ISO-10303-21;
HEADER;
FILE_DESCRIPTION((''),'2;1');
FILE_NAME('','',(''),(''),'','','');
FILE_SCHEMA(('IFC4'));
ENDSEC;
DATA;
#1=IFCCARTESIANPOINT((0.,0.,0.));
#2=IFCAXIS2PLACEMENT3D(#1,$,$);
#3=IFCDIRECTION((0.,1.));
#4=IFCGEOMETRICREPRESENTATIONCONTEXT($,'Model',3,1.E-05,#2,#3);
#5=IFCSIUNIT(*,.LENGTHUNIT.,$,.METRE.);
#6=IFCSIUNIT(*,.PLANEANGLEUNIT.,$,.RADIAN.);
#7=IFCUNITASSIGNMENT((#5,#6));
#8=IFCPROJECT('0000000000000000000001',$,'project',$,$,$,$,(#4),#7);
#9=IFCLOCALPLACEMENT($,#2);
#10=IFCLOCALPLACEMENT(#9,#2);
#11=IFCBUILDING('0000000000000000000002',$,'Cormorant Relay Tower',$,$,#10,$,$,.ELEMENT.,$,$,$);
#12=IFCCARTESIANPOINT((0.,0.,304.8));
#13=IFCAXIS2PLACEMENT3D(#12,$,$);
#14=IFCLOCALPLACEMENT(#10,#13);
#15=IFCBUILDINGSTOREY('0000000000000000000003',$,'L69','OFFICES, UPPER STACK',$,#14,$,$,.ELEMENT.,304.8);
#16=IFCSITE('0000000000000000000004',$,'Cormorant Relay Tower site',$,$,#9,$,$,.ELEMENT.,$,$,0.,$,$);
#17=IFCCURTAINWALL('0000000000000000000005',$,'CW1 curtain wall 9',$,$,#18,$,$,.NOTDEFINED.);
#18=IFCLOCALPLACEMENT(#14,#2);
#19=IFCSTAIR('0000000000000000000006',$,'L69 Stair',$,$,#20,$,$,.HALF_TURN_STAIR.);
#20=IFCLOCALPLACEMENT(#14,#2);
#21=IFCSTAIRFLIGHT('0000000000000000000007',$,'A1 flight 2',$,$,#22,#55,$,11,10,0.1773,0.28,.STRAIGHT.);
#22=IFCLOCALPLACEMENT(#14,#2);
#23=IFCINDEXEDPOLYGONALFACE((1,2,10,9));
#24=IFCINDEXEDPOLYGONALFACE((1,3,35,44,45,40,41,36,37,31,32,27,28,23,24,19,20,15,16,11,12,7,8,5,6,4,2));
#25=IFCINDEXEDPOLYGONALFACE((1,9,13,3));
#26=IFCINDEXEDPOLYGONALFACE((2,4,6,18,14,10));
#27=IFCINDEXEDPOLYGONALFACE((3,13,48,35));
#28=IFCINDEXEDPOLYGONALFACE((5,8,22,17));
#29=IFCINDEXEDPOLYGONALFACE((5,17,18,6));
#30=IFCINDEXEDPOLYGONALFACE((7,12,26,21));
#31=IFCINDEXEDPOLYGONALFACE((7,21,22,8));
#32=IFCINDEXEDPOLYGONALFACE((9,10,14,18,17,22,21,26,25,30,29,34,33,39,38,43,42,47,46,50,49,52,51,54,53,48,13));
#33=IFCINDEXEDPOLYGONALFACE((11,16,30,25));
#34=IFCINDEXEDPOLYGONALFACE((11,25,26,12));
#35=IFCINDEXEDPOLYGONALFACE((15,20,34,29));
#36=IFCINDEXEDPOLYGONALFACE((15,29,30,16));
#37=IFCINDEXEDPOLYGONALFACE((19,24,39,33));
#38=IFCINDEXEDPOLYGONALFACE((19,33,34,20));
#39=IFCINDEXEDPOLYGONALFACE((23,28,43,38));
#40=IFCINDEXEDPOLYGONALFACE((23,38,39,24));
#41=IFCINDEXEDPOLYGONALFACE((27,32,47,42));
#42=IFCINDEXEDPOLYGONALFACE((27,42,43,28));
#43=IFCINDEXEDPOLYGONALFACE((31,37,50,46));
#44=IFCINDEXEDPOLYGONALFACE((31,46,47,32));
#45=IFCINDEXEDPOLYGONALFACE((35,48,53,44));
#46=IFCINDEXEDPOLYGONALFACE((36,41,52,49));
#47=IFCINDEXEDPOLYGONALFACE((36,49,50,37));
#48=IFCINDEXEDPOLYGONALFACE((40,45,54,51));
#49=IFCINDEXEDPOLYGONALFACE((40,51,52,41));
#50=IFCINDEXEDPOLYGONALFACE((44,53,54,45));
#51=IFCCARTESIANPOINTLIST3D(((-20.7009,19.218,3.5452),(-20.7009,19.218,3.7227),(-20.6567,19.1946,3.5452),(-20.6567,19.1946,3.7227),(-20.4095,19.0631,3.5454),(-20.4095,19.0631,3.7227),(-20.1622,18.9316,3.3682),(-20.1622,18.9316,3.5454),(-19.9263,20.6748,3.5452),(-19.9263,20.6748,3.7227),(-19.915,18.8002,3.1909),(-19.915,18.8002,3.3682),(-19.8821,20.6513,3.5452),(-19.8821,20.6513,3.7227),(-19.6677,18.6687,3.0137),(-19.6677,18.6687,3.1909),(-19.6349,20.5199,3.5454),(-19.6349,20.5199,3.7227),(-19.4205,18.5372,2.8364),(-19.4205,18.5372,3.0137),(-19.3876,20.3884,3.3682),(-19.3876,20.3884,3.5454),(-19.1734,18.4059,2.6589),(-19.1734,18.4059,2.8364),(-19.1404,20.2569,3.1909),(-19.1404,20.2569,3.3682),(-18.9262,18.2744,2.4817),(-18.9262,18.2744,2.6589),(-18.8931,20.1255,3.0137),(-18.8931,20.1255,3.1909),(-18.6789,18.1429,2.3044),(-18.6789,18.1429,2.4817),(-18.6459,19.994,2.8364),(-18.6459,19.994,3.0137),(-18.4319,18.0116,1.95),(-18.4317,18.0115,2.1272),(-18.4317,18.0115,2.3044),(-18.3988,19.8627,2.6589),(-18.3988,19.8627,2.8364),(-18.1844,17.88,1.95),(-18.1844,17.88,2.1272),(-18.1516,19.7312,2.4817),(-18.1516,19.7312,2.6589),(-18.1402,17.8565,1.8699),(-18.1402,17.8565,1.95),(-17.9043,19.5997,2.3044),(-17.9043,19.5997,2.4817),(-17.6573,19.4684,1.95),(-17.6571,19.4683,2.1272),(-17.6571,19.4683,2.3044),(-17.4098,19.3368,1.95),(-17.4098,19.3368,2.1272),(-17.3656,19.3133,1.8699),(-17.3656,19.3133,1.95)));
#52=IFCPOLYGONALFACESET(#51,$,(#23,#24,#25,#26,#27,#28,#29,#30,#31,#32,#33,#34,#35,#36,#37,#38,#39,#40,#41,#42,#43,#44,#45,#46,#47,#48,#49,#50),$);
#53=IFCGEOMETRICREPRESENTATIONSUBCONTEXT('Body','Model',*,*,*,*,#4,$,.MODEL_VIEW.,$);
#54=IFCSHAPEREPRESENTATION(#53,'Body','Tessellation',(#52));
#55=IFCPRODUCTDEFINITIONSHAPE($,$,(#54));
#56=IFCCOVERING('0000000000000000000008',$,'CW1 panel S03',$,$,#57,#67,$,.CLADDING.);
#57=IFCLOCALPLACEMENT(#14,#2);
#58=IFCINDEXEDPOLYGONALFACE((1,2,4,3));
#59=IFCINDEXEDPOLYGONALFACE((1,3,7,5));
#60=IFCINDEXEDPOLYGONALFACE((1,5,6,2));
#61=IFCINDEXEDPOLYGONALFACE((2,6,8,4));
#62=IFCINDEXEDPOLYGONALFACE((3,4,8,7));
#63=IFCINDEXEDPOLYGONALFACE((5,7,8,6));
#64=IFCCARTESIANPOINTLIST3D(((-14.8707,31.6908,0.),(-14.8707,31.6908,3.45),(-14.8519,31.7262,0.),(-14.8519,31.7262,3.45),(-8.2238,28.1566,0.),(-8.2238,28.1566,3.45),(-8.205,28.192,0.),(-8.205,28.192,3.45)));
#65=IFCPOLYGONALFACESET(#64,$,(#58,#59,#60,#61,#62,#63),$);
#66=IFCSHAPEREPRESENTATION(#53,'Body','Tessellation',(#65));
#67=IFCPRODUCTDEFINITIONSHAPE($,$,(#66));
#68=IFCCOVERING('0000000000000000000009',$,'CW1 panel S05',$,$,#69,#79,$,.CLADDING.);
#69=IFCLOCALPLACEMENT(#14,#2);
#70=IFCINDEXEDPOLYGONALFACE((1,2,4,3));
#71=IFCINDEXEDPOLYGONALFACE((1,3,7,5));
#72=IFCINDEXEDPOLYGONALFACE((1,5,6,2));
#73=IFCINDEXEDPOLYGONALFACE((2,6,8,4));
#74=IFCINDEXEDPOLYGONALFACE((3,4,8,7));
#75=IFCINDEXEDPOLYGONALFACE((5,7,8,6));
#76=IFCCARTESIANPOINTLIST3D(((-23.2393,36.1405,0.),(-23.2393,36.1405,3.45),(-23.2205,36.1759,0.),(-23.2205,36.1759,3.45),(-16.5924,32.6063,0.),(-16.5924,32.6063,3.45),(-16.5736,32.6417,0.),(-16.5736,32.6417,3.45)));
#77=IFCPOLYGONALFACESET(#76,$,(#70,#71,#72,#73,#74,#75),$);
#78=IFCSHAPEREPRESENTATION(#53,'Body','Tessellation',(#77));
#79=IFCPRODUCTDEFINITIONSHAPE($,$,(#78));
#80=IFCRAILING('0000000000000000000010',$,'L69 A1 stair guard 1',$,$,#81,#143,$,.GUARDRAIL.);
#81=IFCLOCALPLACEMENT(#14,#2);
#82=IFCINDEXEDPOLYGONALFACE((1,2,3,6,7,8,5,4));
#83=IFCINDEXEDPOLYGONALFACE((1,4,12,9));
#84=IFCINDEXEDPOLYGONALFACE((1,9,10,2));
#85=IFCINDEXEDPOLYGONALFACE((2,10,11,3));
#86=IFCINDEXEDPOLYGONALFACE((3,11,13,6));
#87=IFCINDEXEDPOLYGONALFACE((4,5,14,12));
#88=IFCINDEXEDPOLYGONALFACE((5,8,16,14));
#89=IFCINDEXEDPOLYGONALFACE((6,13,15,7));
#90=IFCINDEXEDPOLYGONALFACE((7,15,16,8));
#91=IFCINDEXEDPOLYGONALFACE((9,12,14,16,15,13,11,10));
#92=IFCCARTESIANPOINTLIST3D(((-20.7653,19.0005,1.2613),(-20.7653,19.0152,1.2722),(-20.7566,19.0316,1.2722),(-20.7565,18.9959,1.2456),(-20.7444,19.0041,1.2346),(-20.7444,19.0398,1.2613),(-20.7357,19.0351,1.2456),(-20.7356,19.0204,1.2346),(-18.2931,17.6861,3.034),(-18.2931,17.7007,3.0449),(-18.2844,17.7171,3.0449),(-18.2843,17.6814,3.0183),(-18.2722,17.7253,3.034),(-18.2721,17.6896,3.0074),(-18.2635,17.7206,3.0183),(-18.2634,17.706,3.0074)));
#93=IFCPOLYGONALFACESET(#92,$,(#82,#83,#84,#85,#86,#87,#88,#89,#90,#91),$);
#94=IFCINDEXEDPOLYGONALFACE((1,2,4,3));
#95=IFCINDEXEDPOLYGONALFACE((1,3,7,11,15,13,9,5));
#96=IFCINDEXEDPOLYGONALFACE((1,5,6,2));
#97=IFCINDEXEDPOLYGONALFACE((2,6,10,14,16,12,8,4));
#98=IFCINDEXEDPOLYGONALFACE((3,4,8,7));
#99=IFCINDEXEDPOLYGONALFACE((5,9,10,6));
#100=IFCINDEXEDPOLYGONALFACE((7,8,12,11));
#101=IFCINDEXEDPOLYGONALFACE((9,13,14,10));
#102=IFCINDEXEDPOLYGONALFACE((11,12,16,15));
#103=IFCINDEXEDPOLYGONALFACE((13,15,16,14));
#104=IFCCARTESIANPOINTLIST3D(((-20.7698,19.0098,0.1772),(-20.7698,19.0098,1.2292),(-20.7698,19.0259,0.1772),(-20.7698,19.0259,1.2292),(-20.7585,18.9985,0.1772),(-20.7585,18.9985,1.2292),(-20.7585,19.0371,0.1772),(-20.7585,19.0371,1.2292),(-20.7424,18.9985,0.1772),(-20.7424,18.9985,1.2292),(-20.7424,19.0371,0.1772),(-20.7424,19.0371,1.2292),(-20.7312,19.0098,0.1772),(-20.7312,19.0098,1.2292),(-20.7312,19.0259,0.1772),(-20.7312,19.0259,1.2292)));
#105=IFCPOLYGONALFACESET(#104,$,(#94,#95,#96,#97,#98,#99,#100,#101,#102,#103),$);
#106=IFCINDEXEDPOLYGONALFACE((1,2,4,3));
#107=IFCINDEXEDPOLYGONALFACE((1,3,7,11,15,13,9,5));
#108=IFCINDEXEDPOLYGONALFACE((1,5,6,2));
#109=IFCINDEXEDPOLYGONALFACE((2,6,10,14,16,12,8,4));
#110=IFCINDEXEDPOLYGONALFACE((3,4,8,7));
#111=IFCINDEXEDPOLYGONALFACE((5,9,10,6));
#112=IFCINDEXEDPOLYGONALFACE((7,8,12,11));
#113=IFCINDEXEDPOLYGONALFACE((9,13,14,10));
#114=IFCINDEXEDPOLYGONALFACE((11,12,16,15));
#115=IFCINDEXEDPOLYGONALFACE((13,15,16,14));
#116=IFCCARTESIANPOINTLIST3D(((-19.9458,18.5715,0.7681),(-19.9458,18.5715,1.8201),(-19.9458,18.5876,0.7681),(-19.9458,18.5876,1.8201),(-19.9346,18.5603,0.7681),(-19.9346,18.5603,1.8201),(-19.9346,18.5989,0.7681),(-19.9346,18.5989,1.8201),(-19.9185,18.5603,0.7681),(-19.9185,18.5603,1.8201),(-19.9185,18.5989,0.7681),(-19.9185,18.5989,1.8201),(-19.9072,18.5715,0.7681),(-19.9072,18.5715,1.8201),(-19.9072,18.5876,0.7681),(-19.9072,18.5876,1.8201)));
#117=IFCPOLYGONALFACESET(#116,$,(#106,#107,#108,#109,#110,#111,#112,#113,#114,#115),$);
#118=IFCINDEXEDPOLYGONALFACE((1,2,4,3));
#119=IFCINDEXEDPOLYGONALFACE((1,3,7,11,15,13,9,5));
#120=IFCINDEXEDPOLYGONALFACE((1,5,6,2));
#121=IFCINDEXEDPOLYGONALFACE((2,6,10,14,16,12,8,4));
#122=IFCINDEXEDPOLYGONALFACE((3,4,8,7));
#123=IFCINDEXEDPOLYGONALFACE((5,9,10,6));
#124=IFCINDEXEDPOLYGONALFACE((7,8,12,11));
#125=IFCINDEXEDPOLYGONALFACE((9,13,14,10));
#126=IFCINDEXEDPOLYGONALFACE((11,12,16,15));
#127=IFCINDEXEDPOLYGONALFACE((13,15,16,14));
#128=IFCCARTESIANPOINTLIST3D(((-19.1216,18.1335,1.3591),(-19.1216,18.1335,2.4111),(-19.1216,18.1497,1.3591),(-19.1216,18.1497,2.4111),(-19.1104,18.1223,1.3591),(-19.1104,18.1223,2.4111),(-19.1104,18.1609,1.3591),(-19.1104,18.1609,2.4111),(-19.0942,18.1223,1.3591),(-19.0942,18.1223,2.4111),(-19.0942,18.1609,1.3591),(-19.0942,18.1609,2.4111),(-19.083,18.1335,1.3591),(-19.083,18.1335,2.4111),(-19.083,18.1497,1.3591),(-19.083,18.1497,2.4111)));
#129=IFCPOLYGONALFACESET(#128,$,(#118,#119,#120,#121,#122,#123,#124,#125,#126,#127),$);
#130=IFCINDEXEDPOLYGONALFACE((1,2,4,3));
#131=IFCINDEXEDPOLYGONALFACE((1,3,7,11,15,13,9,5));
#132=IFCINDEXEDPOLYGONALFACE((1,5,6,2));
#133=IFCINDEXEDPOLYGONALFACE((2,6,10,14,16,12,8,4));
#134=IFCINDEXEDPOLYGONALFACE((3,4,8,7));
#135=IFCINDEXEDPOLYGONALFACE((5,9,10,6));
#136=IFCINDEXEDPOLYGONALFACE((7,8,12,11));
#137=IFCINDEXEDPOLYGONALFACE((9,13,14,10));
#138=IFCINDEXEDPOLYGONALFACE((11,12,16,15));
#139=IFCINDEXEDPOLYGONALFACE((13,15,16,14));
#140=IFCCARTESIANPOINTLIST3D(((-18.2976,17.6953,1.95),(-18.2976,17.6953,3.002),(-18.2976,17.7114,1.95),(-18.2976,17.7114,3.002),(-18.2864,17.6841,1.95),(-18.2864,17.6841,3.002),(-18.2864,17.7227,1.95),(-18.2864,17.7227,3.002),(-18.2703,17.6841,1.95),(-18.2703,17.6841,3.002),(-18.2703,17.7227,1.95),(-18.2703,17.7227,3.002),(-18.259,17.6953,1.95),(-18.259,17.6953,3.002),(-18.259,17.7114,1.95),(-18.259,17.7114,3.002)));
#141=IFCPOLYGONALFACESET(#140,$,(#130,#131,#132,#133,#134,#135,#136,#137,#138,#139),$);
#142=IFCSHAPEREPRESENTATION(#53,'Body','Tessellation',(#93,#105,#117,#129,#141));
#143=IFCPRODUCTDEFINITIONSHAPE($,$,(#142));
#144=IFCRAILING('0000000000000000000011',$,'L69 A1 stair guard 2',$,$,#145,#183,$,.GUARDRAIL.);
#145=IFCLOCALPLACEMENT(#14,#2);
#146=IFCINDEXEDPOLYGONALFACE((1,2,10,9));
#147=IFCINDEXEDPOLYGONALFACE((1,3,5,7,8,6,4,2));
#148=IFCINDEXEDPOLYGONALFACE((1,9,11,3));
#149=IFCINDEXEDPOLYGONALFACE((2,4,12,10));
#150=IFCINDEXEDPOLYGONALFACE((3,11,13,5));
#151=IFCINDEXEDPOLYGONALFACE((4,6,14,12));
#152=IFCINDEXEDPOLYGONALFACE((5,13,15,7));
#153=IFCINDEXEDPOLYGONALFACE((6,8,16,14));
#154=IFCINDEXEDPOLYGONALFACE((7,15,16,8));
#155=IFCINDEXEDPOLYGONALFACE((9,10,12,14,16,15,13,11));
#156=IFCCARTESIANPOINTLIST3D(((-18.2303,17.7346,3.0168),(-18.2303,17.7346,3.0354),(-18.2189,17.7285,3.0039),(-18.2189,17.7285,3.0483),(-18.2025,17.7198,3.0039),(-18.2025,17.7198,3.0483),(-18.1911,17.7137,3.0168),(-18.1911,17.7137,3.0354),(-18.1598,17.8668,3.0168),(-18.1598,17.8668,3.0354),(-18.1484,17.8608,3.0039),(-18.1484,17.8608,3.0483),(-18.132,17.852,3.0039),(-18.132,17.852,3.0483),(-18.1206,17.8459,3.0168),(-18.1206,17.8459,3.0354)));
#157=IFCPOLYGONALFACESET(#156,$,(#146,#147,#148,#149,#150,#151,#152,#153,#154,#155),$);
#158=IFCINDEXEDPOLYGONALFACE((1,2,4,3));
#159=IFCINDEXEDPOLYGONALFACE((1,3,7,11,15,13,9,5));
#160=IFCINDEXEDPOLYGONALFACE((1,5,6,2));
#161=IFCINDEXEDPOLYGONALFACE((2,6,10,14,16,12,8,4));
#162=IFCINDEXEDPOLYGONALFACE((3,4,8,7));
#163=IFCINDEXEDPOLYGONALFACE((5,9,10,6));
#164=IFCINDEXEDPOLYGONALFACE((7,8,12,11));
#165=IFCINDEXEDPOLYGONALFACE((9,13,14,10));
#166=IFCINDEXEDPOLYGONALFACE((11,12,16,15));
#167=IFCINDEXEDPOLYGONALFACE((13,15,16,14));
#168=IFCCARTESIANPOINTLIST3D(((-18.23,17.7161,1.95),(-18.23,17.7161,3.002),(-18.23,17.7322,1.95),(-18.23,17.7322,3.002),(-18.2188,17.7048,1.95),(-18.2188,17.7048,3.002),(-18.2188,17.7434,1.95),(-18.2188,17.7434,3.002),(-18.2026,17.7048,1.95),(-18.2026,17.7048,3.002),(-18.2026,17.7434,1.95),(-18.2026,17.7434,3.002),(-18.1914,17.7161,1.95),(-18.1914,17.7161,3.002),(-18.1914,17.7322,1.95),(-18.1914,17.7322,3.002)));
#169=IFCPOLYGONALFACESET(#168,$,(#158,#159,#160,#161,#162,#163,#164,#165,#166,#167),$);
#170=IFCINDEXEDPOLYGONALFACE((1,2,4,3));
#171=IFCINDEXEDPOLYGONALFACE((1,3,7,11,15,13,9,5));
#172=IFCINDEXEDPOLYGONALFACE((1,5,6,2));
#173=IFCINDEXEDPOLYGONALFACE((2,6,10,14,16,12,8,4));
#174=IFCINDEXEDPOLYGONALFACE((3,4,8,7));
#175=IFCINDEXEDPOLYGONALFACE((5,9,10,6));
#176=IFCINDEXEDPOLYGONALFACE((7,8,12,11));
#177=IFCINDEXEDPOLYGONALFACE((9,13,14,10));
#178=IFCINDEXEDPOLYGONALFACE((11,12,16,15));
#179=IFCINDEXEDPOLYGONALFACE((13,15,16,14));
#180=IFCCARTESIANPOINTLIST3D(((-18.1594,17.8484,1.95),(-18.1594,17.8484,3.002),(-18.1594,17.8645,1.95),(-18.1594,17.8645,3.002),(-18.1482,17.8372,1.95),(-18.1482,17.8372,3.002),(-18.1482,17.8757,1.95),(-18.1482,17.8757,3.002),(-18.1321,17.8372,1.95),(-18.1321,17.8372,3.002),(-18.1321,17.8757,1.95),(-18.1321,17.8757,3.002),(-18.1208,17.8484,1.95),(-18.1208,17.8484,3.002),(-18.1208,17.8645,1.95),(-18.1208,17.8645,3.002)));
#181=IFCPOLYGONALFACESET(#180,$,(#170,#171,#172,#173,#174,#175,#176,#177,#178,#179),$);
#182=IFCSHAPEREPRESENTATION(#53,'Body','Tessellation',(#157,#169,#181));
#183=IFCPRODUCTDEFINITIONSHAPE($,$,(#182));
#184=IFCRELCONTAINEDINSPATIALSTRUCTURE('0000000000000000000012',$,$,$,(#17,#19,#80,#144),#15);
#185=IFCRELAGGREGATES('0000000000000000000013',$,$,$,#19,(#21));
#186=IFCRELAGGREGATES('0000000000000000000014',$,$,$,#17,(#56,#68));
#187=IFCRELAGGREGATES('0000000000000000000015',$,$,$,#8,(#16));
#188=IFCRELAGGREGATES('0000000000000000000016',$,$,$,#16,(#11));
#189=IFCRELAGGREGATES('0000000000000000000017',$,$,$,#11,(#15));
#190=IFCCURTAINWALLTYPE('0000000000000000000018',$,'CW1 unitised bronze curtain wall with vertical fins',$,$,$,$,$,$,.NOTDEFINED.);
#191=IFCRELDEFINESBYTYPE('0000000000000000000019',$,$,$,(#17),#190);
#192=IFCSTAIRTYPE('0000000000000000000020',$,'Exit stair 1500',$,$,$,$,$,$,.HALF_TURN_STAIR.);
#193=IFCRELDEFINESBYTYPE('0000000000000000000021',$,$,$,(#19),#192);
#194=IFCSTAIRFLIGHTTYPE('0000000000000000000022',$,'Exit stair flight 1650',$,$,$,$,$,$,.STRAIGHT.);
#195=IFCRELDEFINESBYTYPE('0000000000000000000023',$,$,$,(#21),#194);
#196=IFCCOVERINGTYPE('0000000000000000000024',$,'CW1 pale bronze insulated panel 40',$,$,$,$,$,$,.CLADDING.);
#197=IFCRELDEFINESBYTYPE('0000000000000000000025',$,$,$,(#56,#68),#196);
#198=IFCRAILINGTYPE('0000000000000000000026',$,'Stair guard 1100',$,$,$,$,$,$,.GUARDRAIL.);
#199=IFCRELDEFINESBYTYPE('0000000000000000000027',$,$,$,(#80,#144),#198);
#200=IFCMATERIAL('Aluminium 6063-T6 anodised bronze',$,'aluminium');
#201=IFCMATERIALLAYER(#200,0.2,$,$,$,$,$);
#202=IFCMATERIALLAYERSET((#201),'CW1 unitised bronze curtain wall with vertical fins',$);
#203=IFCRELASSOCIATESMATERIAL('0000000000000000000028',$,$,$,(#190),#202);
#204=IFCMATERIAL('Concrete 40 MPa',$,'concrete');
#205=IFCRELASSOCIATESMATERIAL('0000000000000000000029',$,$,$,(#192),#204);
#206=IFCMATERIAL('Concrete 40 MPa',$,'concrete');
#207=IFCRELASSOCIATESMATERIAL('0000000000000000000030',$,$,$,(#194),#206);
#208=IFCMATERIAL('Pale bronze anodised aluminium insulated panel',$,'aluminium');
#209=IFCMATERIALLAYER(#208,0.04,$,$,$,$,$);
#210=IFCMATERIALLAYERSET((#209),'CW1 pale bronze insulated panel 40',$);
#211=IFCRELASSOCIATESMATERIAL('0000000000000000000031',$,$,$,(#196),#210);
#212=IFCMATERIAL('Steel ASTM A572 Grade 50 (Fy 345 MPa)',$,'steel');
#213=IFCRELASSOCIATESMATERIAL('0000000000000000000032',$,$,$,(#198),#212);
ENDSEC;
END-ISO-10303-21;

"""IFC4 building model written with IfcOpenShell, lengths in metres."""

from ifc_helpers import new_model, si_unit, direction, frame, origin, origin_2d, place, context, subcontext, project, spatial, polyline, rectangle, outline, extrude, material, layer, layer_set, type_object, element, aggregate, save


model = new_model("IFC4")

# Units and contexts
model_context = context("Model", 3, precision=1e-05, world=origin(), true_north=direction((0.0, 1.0)))
body_context = subcontext(model_context, "Body", "Model", "MODEL_VIEW")
ifc_project = project(units=[si_unit("LENGTHUNIT", "METRE"), si_unit("PLANEANGLEUNIT", "RADIAN")], contexts=[model_context])

# Site, building, storey
site_placement = place(None, origin())
site = spatial("IfcSite", under=ifc_project, at=site_placement, Name="Cormorant Relay Tower site", CompositionType="ELEMENT", RefElevation=0.0)
building_placement = place(site_placement, origin())
building = spatial("IfcBuilding", under=site, at=building_placement, Name="Cormorant Relay Tower", CompositionType="ELEMENT")
storey_placement = place(building_placement, frame((0.0, 0.0, 304.8)))
storey = spatial("IfcBuildingStorey", under=building, at=storey_placement, Name="L69", Description="OFFICES, UPPER STACK", CompositionType="ELEMENT", Elevation=304.8)

# Curtain wall
ifc_material_1 = material(Name="Aluminium 6063-T6 anodised bronze", Category="aluminium")
ifc_layer_1 = layer(ifc_material_1, 0.2)
ifc_layer_set_1 = layer_set([ifc_layer_1], Name="CW1 unitised bronze curtain wall with vertical fins")
curtain_wall_type = type_object("IfcCurtainWallType", Name="CW1 unitised bronze curtain wall with vertical fins", PredefinedType="NOTDEFINED", material=ifc_layer_set_1)
curtain_wall_placement = place(storey_placement, origin())
curtain_wall = element("IfcCurtainWall", 1, at=curtain_wall_placement, inside=storey, type_object=curtain_wall_type, Name="CW1 curtain wall 9", PredefinedType="NOTDEFINED")

# Stair, stair flight
ifc_material_2 = material(Name="Concrete 40 MPa", Category="concrete")
stair_type = type_object("IfcStairType", Name="Exit stair 1500", PredefinedType="HALF_TURN_STAIR", material=ifc_material_2)
stair_placement = place(storey_placement, origin())
stair = element("IfcStair", 2, at=stair_placement, inside=storey, type_object=stair_type, Name="L69 Stair", PredefinedType="HALF_TURN_STAIR")
ifc_material_3 = material(Name="Concrete 40 MPa", Category="concrete")
stair_flight_type = type_object("IfcStairFlightType", Name="Exit stair flight 1650", PredefinedType="STRAIGHT", material=ifc_material_3)
stair_flight_1_placement = place(storey_placement, frame((-17.7971, 18.6084, 1.95), z_axis=(0.0, 0.0, 1.0), x_axis=(-0.882948, 0.469472, 0.0)))
stair_flight_1 = element("IfcStairFlight", 3, at=stair_flight_1_placement, type_object=stair_flight_type, Name="A1 flight 2", NumberOfRisers=11, NumberOfTreads=10, PredefinedType="STRAIGHT", RiserHeight=0.1773, TreadLength=0.28, context=body_context, shape_type="SweptSolid", body=[
    extrude(outline(polyline([(-0.05, -0.0801), (-0.05, 0.0), (0.0, 0.0), (0.0, 0.1772), (0.28, 0.1772), (0.28, 0.3545), (0.5601, 0.3545), (0.5601, 0.5317), (0.8401, 0.5317), (0.8401, 0.709), (1.1201, 0.709), (1.1201, 0.8865), (1.3999, 0.8865), (1.3999, 1.0637), (1.6799, 1.0637), (1.6799, 1.241), (1.96, 1.241), (1.96, 1.4182), (2.24, 1.4182), (2.24, 1.5955), (2.52, 1.5955), (2.52, 1.7727), (2.8, 1.7727), (2.8501, 1.7727), (2.8501, 1.5952), (2.8, 1.5952), (0.2803, 0.0), (-0.05, -0.0801)])), frame((0.0, 0.825, 0.0), z_axis=(0.0, -1.0, 0.0), x_axis=(1.0, 0.0, 0.0)), (0.0, 0.0, 1.0), 1.6499),
])
aggregate(stair, [stair_flight_1])

# Coverings
ifc_material_4 = material(Name="Pale bronze anodised aluminium insulated panel", Category="aluminium")
ifc_layer_2 = layer(ifc_material_4, 0.04)
ifc_layer_set_2 = layer_set([ifc_layer_2], Name="CW1 pale bronze insulated panel 40")
covering_type = type_object("IfcCoveringType", Name="CW1 pale bronze insulated panel 40", PredefinedType="CLADDING", material=ifc_layer_set_2)
covering_1_placement = place(storey_placement, frame((-11.5378, 29.9414, 0.0), z_axis=(0.0, 0.0, 1.0), x_axis=(-0.882948, 0.469472, 0.0)))
covering_1 = element("IfcCovering", 4, at=covering_1_placement, type_object=covering_type, Name="CW1 panel S03", PredefinedType="CLADDING", context=body_context, shape_type="SweptSolid", body=[
    extrude(rectangle(XDim=7.5281, YDim=0.04, at=origin_2d()), origin(), (0.0, 0.0, 1.0), 3.45),
])
covering_2_placement = place(storey_placement, frame((-19.9065, 34.3911, 0.0), z_axis=(0.0, 0.0, 1.0), x_axis=(-0.882948, 0.469472, 0.0)))
covering_2 = element("IfcCovering", 5, at=covering_2_placement, type_object=covering_type, Name="CW1 panel S05", PredefinedType="CLADDING", context=body_context, shape_type="SweptSolid", body=[
    extrude(rectangle(XDim=7.5281, YDim=0.04, at=origin_2d()), origin(), (0.0, 0.0, 1.0), 3.45),
])
aggregate(curtain_wall, [covering_1, covering_2])

# Railings
ifc_material_5 = material(Name="Steel ASTM A572 Grade 50 (Fy 345 MPa)", Category="steel")
railing_type_1 = type_object("IfcRailingType", Name="Stair guard 1100", PredefinedType="GUARDRAIL", material=ifc_material_5)
railing_1_placement = place(storey_placement, frame((-20.7505, 19.0178, 0.1772)))
element("IfcRailing", 6, at=railing_1_placement, inside=storey, type_object=railing_type_1, Name="L69 A1 stair guard 1", PredefinedType="GUARDRAIL", context=body_context, shape_type="SweptSolid", body=[
    extrude(outline(polyline([(0.0222, 0.0093), (0.0093, 0.0222), (-0.0093, 0.0222), (-0.0222, 0.0093), (-0.0222, -0.0093), (-0.0093, -0.0222), (0.0093, -0.0222), (0.0222, -0.0093), (0.0222, 0.0093)])), frame((0.0, 0.0, 1.0762), z_axis=(0.746001, -0.396649, 0.534931), x_axis=(0.469465, 0.882951, 0.0)), (0.0, 0.0, 1.0), 3.314),
    extrude(outline(polyline([(0.0193, 0.0081), (0.0081, 0.0193), (-0.0081, 0.0193), (-0.0193, 0.0081), (-0.0193, -0.0081), (-0.0081, -0.0193), (0.0081, -0.0193), (0.0193, -0.0081), (0.0193, 0.0081)])), origin(), (0.0, 0.0, 1.0), 1.052),
    extrude(outline(polyline([(0.0193, 0.0081), (0.0081, 0.0193), (-0.0081, 0.0193), (-0.0193, 0.0081), (-0.0193, -0.0081), (-0.0081, -0.0193), (0.0081, -0.0193), (0.0193, -0.0081), (0.0193, 0.0081)])), frame((0.824, -0.4382, 0.5908)), (0.0, 0.0, 1.0), 1.052),
    extrude(outline(polyline([(0.0193, 0.0081), (0.0081, 0.0193), (-0.0081, 0.0193), (-0.0193, 0.0081), (-0.0193, -0.0081), (-0.0081, -0.0193), (0.0081, -0.0193), (0.0193, -0.0081), (0.0193, 0.0081)])), frame((1.6482, -0.8762, 1.1819)), (0.0, 0.0, 1.0), 1.052),
    extrude(outline(polyline([(0.0193, 0.0081), (0.0081, 0.0193), (-0.0081, 0.0193), (-0.0193, 0.0081), (-0.0193, -0.0081), (-0.0081, -0.0193), (0.0081, -0.0193), (0.0193, -0.0081), (0.0193, 0.0081)])), frame((2.4722, -1.3145, 1.7727)), (0.0, 0.0, 1.0), 1.052),
])
railing_2_placement = place(storey_placement, frame((-18.2107, 17.7241, 1.95)))
element("IfcRailing", 7, at=railing_2_placement, inside=storey, type_object=railing_type_1, Name="L69 A1 stair guard 2", PredefinedType="GUARDRAIL", context=body_context, shape_type="SweptSolid", body=[
    extrude(outline(polyline([(0.0222, 0.0093), (0.0093, 0.0222), (-0.0093, 0.0222), (-0.0222, 0.0093), (-0.0222, -0.0093), (-0.0093, -0.0222), (0.0093, -0.0222), (0.0222, -0.0093), (0.0222, 0.0093)])), frame((0.0, 0.0, 1.0762), z_axis=(0.470504, 0.882398, 0.0), x_axis=(-0.882398, 0.470504, 0.0)), (0.0, 0.0, 1.0), 0.1499),
    extrude(outline(polyline([(0.0193, 0.0081), (0.0081, 0.0193), (-0.0081, 0.0193), (-0.0193, 0.0081), (-0.0193, -0.0081), (-0.0081, -0.0193), (0.0081, -0.0193), (0.0193, -0.0081), (0.0193, 0.0081)])), origin(), (0.0, 0.0, 1.0), 1.052),
    extrude(outline(polyline([(0.0193, 0.0081), (0.0081, 0.0193), (-0.0081, 0.0193), (-0.0193, 0.0081), (-0.0193, -0.0081), (-0.0081, -0.0193), (0.0081, -0.0193), (0.0193, -0.0081), (0.0193, 0.0081)])), frame((0.0706, 0.1323, 0.0)), (0.0, 0.0, 1.0), 1.052),
])

save(model, "model.ifc")
